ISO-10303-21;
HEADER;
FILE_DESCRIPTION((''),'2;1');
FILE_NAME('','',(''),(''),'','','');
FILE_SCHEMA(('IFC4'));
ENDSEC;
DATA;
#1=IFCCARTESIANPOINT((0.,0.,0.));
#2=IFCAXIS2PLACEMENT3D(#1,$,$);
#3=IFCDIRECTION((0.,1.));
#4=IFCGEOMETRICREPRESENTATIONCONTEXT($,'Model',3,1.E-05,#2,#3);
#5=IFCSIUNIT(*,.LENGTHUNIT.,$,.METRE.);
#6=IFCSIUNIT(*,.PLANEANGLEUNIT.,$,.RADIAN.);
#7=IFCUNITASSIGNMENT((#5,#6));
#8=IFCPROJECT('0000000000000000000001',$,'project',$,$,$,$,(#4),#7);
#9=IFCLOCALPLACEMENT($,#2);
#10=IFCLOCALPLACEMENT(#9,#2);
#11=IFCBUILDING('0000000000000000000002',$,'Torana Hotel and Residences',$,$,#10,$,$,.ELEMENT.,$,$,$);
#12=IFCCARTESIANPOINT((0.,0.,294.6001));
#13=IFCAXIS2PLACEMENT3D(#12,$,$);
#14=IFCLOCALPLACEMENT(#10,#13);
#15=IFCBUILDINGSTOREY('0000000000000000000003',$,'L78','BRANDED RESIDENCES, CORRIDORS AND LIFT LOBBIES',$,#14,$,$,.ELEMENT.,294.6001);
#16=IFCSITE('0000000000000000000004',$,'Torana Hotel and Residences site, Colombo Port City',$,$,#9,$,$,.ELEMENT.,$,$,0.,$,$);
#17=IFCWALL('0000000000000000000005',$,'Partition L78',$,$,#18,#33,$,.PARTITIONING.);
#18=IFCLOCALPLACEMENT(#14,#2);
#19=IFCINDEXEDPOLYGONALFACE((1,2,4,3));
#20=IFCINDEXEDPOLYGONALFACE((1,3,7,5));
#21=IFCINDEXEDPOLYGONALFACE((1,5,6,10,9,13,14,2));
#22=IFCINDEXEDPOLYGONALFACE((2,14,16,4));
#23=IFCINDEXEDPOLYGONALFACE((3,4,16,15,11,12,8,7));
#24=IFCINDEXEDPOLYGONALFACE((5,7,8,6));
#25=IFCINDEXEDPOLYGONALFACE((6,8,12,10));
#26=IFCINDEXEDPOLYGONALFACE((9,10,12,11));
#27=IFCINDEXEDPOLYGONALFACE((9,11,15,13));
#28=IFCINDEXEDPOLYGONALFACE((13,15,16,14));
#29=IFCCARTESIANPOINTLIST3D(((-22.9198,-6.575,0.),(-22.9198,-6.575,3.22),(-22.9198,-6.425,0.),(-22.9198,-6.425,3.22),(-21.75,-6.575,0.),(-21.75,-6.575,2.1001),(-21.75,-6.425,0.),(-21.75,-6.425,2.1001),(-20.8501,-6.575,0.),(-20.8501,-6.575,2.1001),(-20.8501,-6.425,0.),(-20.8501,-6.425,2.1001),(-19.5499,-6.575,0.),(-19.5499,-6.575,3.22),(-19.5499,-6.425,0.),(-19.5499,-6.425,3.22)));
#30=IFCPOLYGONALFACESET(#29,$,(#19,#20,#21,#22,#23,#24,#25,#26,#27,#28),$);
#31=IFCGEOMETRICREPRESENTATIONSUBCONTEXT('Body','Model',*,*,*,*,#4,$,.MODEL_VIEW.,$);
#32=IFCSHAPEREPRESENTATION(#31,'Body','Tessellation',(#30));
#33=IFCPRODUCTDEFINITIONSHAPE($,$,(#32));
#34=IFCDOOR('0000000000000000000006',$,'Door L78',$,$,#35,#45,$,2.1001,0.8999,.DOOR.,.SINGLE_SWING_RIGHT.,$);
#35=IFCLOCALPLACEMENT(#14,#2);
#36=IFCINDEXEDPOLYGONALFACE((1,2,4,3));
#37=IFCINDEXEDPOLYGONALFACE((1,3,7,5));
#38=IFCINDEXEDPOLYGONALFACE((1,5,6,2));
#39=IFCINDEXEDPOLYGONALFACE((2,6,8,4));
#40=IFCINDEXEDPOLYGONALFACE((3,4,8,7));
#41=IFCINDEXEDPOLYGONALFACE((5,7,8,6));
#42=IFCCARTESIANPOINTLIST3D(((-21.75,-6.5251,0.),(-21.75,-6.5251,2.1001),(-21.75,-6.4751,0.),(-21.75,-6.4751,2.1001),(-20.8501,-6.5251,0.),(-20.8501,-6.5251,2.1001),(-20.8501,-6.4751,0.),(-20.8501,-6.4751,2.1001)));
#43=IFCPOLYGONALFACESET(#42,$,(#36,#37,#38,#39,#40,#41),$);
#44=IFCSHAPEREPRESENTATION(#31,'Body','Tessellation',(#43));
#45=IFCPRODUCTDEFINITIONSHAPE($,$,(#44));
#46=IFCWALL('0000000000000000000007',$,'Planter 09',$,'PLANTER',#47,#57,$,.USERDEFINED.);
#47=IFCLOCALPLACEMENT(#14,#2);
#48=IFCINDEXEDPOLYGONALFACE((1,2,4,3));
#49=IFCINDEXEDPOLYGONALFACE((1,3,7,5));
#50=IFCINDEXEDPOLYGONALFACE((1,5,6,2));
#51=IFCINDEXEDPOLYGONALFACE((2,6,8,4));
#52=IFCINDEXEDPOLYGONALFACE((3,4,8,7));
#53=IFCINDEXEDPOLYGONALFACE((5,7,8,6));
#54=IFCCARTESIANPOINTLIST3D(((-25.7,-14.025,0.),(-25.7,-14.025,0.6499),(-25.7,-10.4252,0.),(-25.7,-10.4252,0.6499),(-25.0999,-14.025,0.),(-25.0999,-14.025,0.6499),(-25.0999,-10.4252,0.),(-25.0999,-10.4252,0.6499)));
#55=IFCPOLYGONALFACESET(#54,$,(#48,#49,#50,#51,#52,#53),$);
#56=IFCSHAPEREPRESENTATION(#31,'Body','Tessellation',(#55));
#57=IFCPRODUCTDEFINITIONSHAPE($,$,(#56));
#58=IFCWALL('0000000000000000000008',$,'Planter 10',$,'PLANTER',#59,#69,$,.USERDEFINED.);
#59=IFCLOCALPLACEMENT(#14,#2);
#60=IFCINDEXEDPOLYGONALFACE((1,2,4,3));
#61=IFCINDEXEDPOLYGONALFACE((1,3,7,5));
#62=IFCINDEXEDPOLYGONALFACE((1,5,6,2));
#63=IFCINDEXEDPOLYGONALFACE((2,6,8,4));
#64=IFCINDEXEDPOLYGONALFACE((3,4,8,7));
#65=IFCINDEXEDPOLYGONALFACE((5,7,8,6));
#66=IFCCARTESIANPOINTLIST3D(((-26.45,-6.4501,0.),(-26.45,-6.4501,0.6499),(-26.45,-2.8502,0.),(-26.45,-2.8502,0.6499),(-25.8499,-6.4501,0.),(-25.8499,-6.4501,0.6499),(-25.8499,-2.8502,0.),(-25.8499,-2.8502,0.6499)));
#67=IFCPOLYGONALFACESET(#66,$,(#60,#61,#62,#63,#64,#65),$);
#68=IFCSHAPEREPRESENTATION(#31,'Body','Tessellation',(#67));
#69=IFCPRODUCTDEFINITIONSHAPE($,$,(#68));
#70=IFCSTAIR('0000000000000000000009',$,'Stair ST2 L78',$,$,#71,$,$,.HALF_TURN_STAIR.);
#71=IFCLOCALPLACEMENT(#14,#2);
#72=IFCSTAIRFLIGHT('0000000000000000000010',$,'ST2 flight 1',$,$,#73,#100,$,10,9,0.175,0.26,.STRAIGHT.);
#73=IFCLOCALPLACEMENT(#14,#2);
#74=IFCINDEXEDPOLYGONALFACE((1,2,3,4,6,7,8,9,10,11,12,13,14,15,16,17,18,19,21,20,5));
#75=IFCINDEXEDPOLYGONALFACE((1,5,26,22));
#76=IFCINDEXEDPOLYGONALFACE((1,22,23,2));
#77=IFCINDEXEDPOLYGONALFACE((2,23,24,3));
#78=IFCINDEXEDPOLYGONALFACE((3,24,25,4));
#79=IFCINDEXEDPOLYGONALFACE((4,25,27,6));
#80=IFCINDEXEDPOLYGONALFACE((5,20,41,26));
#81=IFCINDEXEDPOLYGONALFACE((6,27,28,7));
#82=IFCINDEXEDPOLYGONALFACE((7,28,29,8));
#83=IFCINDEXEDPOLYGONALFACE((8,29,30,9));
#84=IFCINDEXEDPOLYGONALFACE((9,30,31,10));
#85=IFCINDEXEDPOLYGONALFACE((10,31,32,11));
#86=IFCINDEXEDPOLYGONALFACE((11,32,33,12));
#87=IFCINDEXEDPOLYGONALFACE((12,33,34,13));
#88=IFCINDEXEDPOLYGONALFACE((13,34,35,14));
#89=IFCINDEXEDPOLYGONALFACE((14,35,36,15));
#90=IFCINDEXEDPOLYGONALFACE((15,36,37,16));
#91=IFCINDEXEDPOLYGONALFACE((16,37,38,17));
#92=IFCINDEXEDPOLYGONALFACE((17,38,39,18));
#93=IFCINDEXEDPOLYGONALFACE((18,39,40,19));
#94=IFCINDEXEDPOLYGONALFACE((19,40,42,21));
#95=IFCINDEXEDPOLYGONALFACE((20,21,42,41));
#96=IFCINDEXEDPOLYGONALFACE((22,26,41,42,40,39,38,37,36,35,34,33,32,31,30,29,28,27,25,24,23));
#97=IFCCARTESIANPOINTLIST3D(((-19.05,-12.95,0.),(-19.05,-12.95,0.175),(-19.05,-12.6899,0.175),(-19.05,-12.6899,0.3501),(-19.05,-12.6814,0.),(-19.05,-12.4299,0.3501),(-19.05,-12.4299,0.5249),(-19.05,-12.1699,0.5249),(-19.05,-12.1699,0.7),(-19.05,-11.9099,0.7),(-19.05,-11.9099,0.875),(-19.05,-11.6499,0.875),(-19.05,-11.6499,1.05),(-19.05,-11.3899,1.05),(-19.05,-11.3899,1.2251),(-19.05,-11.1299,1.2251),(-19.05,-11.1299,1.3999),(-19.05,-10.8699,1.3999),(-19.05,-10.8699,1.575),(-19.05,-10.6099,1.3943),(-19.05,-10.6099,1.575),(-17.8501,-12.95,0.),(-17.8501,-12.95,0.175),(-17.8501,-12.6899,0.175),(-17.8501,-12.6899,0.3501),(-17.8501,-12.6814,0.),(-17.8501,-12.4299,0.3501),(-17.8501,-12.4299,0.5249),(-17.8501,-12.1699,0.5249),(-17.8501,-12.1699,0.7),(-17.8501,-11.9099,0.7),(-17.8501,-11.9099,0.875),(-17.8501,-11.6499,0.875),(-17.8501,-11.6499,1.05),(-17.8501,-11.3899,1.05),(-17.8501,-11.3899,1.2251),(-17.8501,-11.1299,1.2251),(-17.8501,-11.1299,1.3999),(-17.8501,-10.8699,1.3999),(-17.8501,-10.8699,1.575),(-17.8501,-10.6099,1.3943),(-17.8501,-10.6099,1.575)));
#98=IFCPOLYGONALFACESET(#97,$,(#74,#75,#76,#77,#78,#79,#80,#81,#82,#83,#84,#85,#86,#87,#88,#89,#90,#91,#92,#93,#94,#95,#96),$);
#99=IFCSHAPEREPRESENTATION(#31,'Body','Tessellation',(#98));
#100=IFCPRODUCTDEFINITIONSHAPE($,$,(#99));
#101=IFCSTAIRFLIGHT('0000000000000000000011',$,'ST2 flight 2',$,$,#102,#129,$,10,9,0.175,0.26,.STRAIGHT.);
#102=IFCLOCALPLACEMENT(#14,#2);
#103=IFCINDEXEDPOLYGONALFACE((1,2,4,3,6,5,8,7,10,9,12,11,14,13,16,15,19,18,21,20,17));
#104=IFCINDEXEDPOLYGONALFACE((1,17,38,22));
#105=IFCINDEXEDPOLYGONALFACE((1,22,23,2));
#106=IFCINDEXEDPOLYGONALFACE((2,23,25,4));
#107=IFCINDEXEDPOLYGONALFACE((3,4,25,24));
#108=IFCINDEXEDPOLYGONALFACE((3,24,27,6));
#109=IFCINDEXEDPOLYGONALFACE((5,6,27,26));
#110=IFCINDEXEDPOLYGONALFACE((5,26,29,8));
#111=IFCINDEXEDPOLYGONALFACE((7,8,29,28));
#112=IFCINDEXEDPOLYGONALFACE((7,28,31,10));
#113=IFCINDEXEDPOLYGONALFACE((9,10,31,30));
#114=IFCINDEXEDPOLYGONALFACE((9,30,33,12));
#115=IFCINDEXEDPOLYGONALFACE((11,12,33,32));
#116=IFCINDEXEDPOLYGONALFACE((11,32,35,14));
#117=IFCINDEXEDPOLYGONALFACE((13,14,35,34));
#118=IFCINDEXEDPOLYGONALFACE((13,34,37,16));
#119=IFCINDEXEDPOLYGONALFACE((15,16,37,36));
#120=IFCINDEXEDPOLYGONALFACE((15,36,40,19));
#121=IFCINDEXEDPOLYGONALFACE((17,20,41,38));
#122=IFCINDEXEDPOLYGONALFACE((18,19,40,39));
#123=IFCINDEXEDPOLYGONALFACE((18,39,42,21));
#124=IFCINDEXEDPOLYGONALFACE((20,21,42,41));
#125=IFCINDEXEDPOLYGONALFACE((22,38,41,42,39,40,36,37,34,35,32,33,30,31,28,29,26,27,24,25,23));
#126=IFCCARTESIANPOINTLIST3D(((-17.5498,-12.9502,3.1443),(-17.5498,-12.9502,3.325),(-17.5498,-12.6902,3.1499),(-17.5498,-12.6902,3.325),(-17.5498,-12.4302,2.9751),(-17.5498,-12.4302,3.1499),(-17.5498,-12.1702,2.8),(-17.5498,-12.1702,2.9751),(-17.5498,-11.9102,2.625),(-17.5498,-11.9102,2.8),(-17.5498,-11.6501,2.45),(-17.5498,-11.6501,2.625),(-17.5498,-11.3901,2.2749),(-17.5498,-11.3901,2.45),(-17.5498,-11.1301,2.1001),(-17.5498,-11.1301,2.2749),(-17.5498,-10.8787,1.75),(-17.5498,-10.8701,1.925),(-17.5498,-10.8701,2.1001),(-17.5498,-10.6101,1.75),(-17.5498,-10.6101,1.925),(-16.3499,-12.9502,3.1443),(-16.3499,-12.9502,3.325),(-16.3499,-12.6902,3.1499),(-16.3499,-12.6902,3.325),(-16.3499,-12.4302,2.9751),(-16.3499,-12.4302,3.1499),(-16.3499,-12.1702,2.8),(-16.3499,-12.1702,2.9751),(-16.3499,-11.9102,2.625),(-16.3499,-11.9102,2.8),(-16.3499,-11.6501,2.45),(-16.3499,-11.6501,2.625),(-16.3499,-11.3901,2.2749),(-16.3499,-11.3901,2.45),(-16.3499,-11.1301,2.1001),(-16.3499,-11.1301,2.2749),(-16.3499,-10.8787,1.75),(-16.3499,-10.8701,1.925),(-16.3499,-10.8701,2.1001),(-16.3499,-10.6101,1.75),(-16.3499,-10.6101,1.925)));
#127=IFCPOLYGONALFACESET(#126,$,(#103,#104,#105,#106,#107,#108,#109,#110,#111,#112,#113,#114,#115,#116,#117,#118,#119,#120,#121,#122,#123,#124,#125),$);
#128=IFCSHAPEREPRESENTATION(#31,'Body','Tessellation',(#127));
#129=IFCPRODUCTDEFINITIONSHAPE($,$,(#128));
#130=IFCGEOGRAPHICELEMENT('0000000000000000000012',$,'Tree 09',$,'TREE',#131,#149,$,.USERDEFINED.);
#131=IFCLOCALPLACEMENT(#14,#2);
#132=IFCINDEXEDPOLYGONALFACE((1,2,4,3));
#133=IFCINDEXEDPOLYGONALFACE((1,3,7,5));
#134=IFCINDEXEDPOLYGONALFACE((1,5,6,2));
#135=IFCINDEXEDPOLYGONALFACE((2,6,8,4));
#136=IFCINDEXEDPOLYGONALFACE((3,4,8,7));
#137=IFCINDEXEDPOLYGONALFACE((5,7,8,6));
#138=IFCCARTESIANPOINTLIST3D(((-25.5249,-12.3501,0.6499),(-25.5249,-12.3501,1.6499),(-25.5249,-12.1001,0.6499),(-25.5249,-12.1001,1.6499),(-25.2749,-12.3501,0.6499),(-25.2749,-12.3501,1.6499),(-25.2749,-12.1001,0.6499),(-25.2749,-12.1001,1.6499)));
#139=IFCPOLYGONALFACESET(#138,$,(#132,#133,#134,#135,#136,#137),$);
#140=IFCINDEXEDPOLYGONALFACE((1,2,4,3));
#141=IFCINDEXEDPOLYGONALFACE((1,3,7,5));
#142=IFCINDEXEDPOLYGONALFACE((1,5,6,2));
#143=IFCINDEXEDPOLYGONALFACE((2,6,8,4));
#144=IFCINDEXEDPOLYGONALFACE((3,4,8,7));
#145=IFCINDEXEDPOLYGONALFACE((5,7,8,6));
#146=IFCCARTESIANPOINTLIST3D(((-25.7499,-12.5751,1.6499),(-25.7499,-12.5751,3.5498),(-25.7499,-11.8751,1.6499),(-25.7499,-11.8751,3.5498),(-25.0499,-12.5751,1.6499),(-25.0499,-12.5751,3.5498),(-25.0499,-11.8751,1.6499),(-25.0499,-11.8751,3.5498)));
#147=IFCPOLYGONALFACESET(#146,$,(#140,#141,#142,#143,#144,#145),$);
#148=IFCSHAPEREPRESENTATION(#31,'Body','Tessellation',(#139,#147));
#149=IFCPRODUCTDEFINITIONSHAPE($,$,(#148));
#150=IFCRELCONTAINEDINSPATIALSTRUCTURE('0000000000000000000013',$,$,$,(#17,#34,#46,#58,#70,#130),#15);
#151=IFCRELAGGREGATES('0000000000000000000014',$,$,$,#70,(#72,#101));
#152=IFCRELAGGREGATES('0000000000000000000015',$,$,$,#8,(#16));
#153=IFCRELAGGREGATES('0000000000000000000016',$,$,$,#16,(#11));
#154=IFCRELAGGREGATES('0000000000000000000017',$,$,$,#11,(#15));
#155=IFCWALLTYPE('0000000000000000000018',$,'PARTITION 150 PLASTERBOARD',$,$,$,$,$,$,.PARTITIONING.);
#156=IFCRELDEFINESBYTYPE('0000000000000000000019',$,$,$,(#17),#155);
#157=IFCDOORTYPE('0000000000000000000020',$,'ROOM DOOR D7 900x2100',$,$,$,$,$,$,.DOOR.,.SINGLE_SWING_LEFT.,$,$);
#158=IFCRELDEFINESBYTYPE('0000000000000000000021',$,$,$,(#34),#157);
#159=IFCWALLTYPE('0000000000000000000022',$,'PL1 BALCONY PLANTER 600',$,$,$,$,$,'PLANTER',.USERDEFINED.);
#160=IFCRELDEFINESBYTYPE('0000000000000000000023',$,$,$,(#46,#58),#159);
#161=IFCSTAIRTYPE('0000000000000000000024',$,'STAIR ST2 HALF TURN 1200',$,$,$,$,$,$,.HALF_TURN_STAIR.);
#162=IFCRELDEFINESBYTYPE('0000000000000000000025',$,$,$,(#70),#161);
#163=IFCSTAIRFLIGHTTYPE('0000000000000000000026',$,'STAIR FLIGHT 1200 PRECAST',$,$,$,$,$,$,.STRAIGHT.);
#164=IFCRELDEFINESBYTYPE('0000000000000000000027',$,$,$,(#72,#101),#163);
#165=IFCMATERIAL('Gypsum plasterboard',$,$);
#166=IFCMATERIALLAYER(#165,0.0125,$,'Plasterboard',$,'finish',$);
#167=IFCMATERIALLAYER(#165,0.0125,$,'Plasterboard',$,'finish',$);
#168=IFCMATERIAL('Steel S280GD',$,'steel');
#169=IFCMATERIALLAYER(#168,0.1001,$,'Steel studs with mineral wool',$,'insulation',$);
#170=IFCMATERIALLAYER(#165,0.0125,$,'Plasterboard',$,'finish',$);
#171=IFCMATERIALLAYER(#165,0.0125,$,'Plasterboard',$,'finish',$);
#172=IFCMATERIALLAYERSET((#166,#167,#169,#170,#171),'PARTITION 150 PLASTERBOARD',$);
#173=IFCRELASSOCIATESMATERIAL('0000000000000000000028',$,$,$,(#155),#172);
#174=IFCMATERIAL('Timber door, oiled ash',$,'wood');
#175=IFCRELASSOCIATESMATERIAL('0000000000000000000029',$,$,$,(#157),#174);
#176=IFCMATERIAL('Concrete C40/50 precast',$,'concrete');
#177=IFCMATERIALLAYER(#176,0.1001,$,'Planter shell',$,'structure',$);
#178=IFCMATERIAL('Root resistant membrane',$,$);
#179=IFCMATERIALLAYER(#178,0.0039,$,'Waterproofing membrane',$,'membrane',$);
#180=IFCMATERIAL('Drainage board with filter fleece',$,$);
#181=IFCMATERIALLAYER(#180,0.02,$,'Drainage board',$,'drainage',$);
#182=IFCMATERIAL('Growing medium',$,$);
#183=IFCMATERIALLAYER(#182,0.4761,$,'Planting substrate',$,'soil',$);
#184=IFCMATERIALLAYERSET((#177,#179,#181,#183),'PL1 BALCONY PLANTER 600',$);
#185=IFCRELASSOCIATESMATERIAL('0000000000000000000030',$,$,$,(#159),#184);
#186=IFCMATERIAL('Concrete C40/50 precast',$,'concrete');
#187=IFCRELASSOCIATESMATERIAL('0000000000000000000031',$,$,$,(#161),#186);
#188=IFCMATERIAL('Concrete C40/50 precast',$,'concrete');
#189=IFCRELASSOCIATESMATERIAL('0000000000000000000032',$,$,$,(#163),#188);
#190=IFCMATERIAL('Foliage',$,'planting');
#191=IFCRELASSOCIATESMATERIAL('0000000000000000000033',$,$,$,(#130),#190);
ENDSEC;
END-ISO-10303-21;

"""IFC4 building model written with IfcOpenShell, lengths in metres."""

from ifc_helpers import new_model, si_unit, direction, frame, frame_2d, origin, origin_2d, place, context, subcontext, project, spatial, polyline, rectangle, outline, extrude, material, layer, layer_set, type_object, element, fill, aggregate, save


model = new_model("IFC4")

# Units and contexts
model_context = context("Model", 3, precision=1e-05, world=origin(), true_north=direction((0.0, 1.0)))
body_context = subcontext(model_context, "Body", "Model", "MODEL_VIEW")
ifc_project = project(units=[si_unit("LENGTHUNIT", "METRE"), si_unit("PLANEANGLEUNIT", "RADIAN")], contexts=[model_context])

# Site, building, storey
site_placement = place(None, origin())
site = spatial("IfcSite", under=ifc_project, at=site_placement, Name="Torana Hotel and Residences site, Colombo Port City", CompositionType="ELEMENT", RefElevation=0.0)
building_placement = place(site_placement, origin())
building = spatial("IfcBuilding", under=site, at=building_placement, Name="Torana Hotel and Residences", CompositionType="ELEMENT")
storey_placement = place(building_placement, frame((0.0, 0.0, 294.6001)))
storey = spatial("IfcBuildingStorey", under=building, at=storey_placement, Name="L78", Description="BRANDED RESIDENCES, CORRIDORS AND LIFT LOBBIES", CompositionType="ELEMENT", Elevation=294.6001)

# Wall, opening, door
ifc_material_1 = material(Name="Gypsum plasterboard")
ifc_layer_1 = layer(ifc_material_1, 0.0125, Name="Plasterboard", Category="finish")
ifc_layer_2 = layer(ifc_material_1, 0.0125, Name="Plasterboard", Category="finish")
ifc_material_2 = material(Name="Steel S280GD", Category="steel")
ifc_layer_3 = layer(ifc_material_2, 0.1001, Name="Steel studs with mineral wool", Category="insulation")
ifc_layer_4 = layer(ifc_material_1, 0.0125, Name="Plasterboard", Category="finish")
ifc_layer_5 = layer(ifc_material_1, 0.0125, Name="Plasterboard", Category="finish")
ifc_layer_set_1 = layer_set([ifc_layer_1, ifc_layer_2, ifc_layer_3, ifc_layer_4, ifc_layer_5], Name="PARTITION 150 PLASTERBOARD")
wall_type_1 = type_object("IfcWallType", Name="PARTITION 150 PLASTERBOARD", PredefinedType="PARTITIONING", material=ifc_layer_set_1)
wall_1_placement = place(storey_placement, frame((-22.9199, -6.5, 0.0), z_axis=(0.0, 0.0, 1.0), x_axis=(1.0, 0.0, 0.0)))
wall_1 = element("IfcWall", 1, at=wall_1_placement, inside=storey, type_object=wall_type_1, Name="Partition L78", PredefinedType="PARTITIONING", context=body_context, shape_type="SweptSolid", body=[
    extrude(rectangle(XDim=3.3699, YDim=0.1499, at=frame_2d((1.6851, 0.0))), origin(), (0.0, 0.0, 1.0), 3.22),
])
opening_1_placement = place(wall_1_placement, frame((1.1699, 0.0, 0.0)))
opening_1 = element("IfcOpeningElement", 2, at=opening_1_placement, cuts=wall_1, PredefinedType="OPENING", context=body_context, shape_type="SweptSolid", body=[
    extrude(rectangle(XDim=0.8999, YDim=2.1001, at=frame_2d((0.45, 1.05))), frame((0.0, 0.085, 0.0), z_axis=(0.0, -1.0, 0.0), x_axis=(1.0, 0.0, 0.0)), (0.0, 0.0, 1.0), 0.1699),
])
ifc_material_3 = material(Name="Timber door, oiled ash", Category="wood")
door_type_1 = type_object("IfcDoorType", Name="ROOM DOOR D7 900x2100", OperationType="SINGLE_SWING_LEFT", PredefinedType="DOOR", material=ifc_material_3)
door_1_placement = place(opening_1_placement, origin())
door_1 = element("IfcDoor", 3, at=door_1_placement, inside=storey, type_object=door_type_1, Name="Door L78", OperationType="SINGLE_SWING_RIGHT", OverallHeight=2.1001, OverallWidth=0.8999, PredefinedType="DOOR", context=body_context, shape_type="SweptSolid", body=[
    extrude(rectangle(XDim=0.8999, YDim=2.1001, at=frame_2d((0.45, 1.05))), frame((0.0, 0.0249, 0.0), z_axis=(0.0, -1.0, 0.0), x_axis=(1.0, 0.0, 0.0)), (0.0, 0.0, 1.0), 0.05),
])
fill(opening_1, door_1)

# Walls
ifc_material_4 = material(Name="Concrete C40/50 precast", Category="concrete")
ifc_layer_6 = layer(ifc_material_4, 0.1001, Name="Planter shell", Category="structure")
ifc_material_5 = material(Name="Root resistant membrane")
ifc_layer_7 = layer(ifc_material_5, 0.0039, Name="Waterproofing membrane", Category="membrane")
ifc_material_6 = material(Name="Drainage board with filter fleece")
ifc_layer_8 = layer(ifc_material_6, 0.02, Name="Drainage board", Category="drainage")
ifc_material_7 = material(Name="Growing medium")
ifc_layer_9 = layer(ifc_material_7, 0.4761, Name="Planting substrate", Category="soil")
ifc_layer_set_2 = layer_set([ifc_layer_6, ifc_layer_7, ifc_layer_8, ifc_layer_9], Name="PL1 BALCONY PLANTER 600")
wall_type_2 = type_object("IfcWallType", Name="PL1 BALCONY PLANTER 600", ElementType="PLANTER", PredefinedType="USERDEFINED", material=ifc_layer_set_2)
for number, where, z_axis, x_axis, name in (
    (4, (-25.3999, -14.0249, 0.0), (0.0, 0.0, 1.0), (0.0, 1.0, 0.0), "Planter 09"),
    (5, (-26.1499, -6.45, 0.0), (0.0, 0.0, 1.0), (0.0, 1.0, 0.0), "Planter 10"),
):
    element("IfcWall", number, at=place(storey_placement, frame(where, z_axis=z_axis, x_axis=x_axis)), inside=storey, type_object=wall_type_2, Name=name, ObjectType="PLANTER", PredefinedType="USERDEFINED", context=body_context, shape_type="SweptSolid", body=[
        extrude(rectangle(XDim=3.5999, YDim=0.6001, at=frame_2d((1.7998, 0.0))), origin(), (0.0, 0.0, 1.0), 0.6499),
    ])

# Stair, stair flights
ifc_material_8 = material(Name="Concrete C40/50 precast", Category="concrete")
stair_type = type_object("IfcStairType", Name="STAIR ST2 HALF TURN 1200", PredefinedType="HALF_TURN_STAIR", material=ifc_material_8)
stair_placement = place(storey_placement, origin())
stair = element("IfcStair", 6, at=stair_placement, inside=storey, type_object=stair_type, Name="Stair ST2 L78", PredefinedType="HALF_TURN_STAIR")
ifc_material_9 = material(Name="Concrete C40/50 precast", Category="concrete")
stair_flight_type = type_object("IfcStairFlightType", Name="STAIR FLIGHT 1200 PRECAST", PredefinedType="STRAIGHT", material=ifc_material_9)
stair_flight_1_placement = place(storey_placement, frame((-18.45, -12.95, 0.0), z_axis=(0.0, 0.0, 1.0), x_axis=(0.0, 1.0, 0.0)))
stair_flight_1 = element("IfcStairFlight", 7, at=stair_flight_1_placement, type_object=stair_flight_type, Name="ST2 flight 1", NumberOfRisers=10, NumberOfTreads=9, PredefinedType="STRAIGHT", RiserHeight=0.175, TreadLength=0.26, context=body_context, shape_type="SweptSolid", body=[
    extrude(outline(polyline([(0.0, 0.0), (0.0, 0.175), (0.26, 0.175), (0.26, 0.3501), (0.52, 0.3501), (0.52, 0.5249), (0.78, 0.5249), (0.78, 0.7), (1.04, 0.7), (1.04, 0.875), (1.3, 0.875), (1.3, 1.05), (1.5601, 1.05), (1.5601, 1.2251), (1.8201, 1.2251), (1.8201, 1.3999), (2.0801, 1.3999), (2.0801, 1.575), (2.3401, 1.575), (2.3401, 1.75), (2.3401, 1.3943), (0.2686, 0.0), (0.0, 0.0)])), frame((0.0, 0.6001, 0.0), z_axis=(0.0, -1.0, 0.0), x_axis=(1.0, 0.0, 0.0)), (0.0, 0.0, 1.0), 1.2),
])
stair_flight_2_placement = place(storey_placement, frame((-16.95, -10.6101, 1.75), z_axis=(0.0, 0.0, 1.0), x_axis=(0.0, -1.0, 0.0)))
stair_flight_2 = element("IfcStairFlight", 8, at=stair_flight_2_placement, type_object=stair_flight_type, Name="ST2 flight 2", NumberOfRisers=10, NumberOfTreads=9, PredefinedType="STRAIGHT", RiserHeight=0.175, TreadLength=0.26, context=body_context, shape_type="SweptSolid", body=[
    extrude(outline(polyline([(0.0, 0.0), (0.0, 0.175), (0.26, 0.175), (0.26, 0.3501), (0.52, 0.3501), (0.52, 0.5249), (0.78, 0.5249), (0.78, 0.7), (1.04, 0.7), (1.04, 0.875), (1.3, 0.875), (1.3, 1.05), (1.5601, 1.05), (1.5601, 1.2251), (1.8201, 1.2251), (1.8201, 1.3999), (2.0801, 1.3999), (2.0801, 1.575), (2.3401, 1.575), (2.3401, 1.75), (2.3401, 1.3943), (0.2686, 0.0), (0.0, 0.0)])), frame((0.0, 0.6001, 0.0), z_axis=(0.0, -1.0, 0.0), x_axis=(1.0, 0.0, 0.0)), (0.0, 0.0, 1.0), 1.2),
])
aggregate(stair, [stair_flight_1, stair_flight_2])

# Geographic element
ifc_material_10 = material(Name="Foliage", Category="planting")
geographic_element_placement = place(storey_placement, frame((-25.3999, -12.2251, 0.6499), z_axis=(0.0, 0.0, 1.0), x_axis=(1.0, 0.0, 0.0)))
element("IfcGeographicElement", 9, at=geographic_element_placement, inside=storey, material=ifc_material_10, Name="Tree 09", ObjectType="TREE", PredefinedType="USERDEFINED", context=body_context, shape_type="SweptSolid", body=[
    extrude(rectangle(XDim=0.25, YDim=0.25, at=origin_2d()), origin(), (0.0, 0.0, 1.0), 1.0),
    extrude(rectangle(XDim=0.7, YDim=0.7, at=origin_2d()), frame((0.0, 0.0, 1.0)), (0.0, 0.0, 1.0), 1.8999),
])

save(model, "model.ifc")
